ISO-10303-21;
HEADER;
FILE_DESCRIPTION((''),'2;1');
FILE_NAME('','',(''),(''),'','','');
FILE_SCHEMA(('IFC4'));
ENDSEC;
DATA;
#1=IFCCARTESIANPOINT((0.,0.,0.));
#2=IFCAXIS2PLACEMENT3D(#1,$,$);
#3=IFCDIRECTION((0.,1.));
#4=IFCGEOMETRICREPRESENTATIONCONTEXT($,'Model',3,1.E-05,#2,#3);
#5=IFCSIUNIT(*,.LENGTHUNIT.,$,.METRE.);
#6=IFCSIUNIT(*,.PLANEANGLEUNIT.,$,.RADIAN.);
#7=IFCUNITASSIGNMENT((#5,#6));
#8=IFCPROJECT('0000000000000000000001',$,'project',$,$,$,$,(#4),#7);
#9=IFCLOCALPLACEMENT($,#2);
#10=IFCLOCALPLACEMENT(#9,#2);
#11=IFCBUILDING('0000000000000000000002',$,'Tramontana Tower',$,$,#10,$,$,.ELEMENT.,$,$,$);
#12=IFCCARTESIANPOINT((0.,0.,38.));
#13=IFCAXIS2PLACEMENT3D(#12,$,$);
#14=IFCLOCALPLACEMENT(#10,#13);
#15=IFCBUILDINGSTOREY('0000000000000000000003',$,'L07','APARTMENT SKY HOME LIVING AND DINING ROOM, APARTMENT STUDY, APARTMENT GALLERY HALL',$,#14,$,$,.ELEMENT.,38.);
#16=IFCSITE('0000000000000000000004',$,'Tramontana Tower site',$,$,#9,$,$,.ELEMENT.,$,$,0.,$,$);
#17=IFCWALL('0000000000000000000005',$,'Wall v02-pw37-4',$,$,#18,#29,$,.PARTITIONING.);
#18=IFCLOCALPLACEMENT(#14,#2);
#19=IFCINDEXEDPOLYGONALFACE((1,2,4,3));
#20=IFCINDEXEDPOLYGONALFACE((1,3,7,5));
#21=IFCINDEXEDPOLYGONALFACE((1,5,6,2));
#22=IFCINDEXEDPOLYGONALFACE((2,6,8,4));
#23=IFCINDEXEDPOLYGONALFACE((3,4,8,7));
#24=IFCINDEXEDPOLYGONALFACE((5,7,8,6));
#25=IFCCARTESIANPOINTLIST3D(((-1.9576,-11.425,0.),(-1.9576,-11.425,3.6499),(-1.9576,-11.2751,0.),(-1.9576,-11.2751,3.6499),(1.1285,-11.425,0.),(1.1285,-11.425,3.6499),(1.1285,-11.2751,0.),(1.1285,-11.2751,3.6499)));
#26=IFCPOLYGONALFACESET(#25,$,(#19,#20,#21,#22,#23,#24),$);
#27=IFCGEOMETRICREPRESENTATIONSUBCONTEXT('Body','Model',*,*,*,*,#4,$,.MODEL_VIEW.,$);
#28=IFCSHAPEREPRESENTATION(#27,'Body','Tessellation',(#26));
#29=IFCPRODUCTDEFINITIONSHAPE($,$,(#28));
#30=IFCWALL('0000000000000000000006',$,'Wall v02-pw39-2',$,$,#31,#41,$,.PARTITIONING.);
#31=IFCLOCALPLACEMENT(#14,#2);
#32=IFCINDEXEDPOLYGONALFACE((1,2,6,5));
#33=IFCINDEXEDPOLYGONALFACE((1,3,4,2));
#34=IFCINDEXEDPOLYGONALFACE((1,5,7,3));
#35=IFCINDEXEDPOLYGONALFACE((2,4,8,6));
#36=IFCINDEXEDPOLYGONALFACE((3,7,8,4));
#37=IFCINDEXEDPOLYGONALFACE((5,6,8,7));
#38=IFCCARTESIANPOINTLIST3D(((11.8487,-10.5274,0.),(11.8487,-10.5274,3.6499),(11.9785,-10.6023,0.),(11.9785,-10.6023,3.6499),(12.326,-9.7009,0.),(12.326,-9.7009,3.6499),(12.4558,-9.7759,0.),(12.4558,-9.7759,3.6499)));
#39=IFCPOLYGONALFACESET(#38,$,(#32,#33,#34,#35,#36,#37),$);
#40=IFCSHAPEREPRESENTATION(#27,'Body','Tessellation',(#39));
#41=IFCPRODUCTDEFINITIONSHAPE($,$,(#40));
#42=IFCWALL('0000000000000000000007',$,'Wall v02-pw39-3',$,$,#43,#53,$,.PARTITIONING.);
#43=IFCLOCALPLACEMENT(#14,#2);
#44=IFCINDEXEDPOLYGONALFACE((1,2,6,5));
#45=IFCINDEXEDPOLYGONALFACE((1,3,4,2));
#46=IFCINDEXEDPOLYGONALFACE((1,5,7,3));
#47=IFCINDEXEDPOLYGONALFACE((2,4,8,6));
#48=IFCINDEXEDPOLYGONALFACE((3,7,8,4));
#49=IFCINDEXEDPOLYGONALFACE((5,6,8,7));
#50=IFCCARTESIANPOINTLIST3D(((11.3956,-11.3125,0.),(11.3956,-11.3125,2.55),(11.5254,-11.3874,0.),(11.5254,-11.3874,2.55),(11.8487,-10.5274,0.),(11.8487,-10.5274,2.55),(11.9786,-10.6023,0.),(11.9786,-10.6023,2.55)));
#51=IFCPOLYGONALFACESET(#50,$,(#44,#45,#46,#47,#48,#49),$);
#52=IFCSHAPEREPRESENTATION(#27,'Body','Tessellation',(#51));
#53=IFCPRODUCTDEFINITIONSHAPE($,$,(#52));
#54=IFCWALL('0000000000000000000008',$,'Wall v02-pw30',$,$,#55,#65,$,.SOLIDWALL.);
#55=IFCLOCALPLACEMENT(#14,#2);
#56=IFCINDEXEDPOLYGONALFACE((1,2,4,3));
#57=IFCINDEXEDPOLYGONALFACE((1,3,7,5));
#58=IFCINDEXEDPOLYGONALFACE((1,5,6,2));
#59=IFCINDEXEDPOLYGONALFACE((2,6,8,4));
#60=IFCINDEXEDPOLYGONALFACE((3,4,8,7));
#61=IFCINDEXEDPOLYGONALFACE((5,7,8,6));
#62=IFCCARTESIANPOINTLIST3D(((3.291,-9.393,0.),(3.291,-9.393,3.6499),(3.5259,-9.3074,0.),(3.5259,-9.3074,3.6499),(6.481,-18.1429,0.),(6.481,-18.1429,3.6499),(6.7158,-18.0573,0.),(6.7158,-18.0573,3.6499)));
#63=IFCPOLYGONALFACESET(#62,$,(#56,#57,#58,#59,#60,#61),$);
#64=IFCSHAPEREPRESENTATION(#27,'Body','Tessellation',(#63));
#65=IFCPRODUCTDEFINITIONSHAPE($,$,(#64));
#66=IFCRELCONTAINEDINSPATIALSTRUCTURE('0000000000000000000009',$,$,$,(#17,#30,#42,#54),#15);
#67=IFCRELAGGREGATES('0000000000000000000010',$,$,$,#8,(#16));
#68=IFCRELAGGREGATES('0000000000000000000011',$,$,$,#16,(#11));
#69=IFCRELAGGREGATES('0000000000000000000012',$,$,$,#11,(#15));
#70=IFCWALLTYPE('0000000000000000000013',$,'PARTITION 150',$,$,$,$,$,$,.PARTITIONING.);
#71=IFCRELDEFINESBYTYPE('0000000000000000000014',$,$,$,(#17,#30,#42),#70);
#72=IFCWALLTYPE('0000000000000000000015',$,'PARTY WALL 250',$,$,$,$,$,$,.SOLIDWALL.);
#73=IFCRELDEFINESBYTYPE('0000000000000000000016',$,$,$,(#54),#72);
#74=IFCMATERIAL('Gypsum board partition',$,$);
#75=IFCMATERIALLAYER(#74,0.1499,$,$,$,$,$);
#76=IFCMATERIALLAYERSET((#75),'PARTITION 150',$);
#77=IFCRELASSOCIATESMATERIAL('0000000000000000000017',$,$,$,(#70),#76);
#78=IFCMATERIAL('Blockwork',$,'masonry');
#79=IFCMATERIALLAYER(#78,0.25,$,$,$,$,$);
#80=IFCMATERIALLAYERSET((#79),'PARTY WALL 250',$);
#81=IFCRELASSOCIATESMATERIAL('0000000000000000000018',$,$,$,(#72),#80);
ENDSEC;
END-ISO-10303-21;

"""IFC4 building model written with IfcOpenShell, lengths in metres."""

from ifc_helpers import new_model, si_unit, direction, frame, frame_2d, origin, place, context, subcontext, project, spatial, rectangle, extrude, material, layer, layer_set, type_object, element, save


model = new_model("IFC4")

# Units and contexts
model_context = context("Model", 3, precision=1e-05, world=origin(), true_north=direction((0.0, 1.0)))
body_context = subcontext(model_context, "Body", "Model", "MODEL_VIEW")
ifc_project = project(units=[si_unit("LENGTHUNIT", "METRE"), si_unit("PLANEANGLEUNIT", "RADIAN")], contexts=[model_context])

# Site, building, storey
site_placement = place(None, origin())
site = spatial("IfcSite", under=ifc_project, at=site_placement, Name="Tramontana Tower site", CompositionType="ELEMENT", RefElevation=0.0)
building_placement = place(site_placement, origin())
building = spatial("IfcBuilding", under=site, at=building_placement, Name="Tramontana Tower", CompositionType="ELEMENT")
storey_placement = place(building_placement, frame((0.0, 0.0, 38.0)))
storey = spatial("IfcBuildingStorey", under=building, at=storey_placement, Name="L07", Description="APARTMENT SKY HOME LIVING AND DINING ROOM, APARTMENT STUDY, APARTMENT GALLERY HALL", CompositionType="ELEMENT", Elevation=38.0)

# Shared definitions
ifc_material_1 = material(Name="Gypsum board partition")
ifc_layer_1 = layer(ifc_material_1, 0.1499)
ifc_layer_set_1 = layer_set([ifc_layer_1], Name="PARTITION 150")
wall_type_1 = type_object("IfcWallType", Name="PARTITION 150", PredefinedType="PARTITIONING", material=ifc_layer_set_1)

# Walls
wall_1_placement = place(storey_placement, frame((1.1284, -11.3501, 0.0), z_axis=(0.0, 0.0, 1.0), x_axis=(-1.0, 0.0, 0.0)))
element("IfcWall", 1, at=wall_1_placement, inside=storey, type_object=wall_type_1, Name="Wall v02-pw37-4", PredefinedType="PARTITIONING", context=body_context, shape_type="SweptSolid", body=[
    extrude(rectangle(XDim=3.0862, YDim=0.1499, at=frame_2d((1.543, 0.0))), origin(), (0.0, 0.0, 1.0), 3.6499),
])
wall_2_placement = place(storey_placement, frame((12.3909, -9.7385, 0.0), z_axis=(0.0, 0.0, 1.0), x_axis=(-0.500128, -0.865951, 0.0)))
element("IfcWall", 2, at=wall_2_placement, inside=storey, type_object=wall_type_1, Name="Wall v02-pw39-2", PredefinedType="PARTITIONING", context=body_context, shape_type="SweptSolid", body=[
    extrude(rectangle(XDim=0.9543, YDim=0.1499, at=frame_2d((0.4771, 0.0))), origin(), (0.0, 0.0, 1.0), 3.6499),
])
wall_3_placement = place(storey_placement, frame((11.9136, -10.5649, 0.0), z_axis=(0.0, 0.0, 1.0), x_axis=(-0.499847, -0.866114, 0.0)))
element("IfcWall", 3, at=wall_3_placement, inside=storey, type_object=wall_type_1, Name="Wall v02-pw39-3", PredefinedType="PARTITIONING", context=body_context, shape_type="SweptSolid", body=[
    extrude(rectangle(XDim=0.9065, YDim=0.1499, at=frame_2d((0.4531, 0.0))), origin(), (0.0, 0.0, 1.0), 2.55),
])
ifc_material_2 = material(Name="Blockwork", Category="masonry")
ifc_layer_2 = layer(ifc_material_2, 0.25)
ifc_layer_set_2 = layer_set([ifc_layer_2], Name="PARTY WALL 250")
wall_type_2 = type_object("IfcWallType", Name="PARTY WALL 250", PredefinedType="SOLIDWALL", material=ifc_layer_set_2)
wall_4_placement = place(storey_placement, frame((3.4084, -9.3501, 0.0), z_axis=(0.0, 0.0, 1.0), x_axis=(0.342513, -0.939513, 0.0)))
element("IfcWall", 4, at=wall_4_placement, inside=storey, type_object=wall_type_2, Name="Wall v02-pw30", PredefinedType="SOLIDWALL", context=body_context, shape_type="SweptSolid", body=[
    extrude(rectangle(XDim=9.3132, YDim=0.25, at=frame_2d((4.6567, 0.0))), origin(), (0.0, 0.0, 1.0), 3.6499),
])

save(model, "model.ifc")
